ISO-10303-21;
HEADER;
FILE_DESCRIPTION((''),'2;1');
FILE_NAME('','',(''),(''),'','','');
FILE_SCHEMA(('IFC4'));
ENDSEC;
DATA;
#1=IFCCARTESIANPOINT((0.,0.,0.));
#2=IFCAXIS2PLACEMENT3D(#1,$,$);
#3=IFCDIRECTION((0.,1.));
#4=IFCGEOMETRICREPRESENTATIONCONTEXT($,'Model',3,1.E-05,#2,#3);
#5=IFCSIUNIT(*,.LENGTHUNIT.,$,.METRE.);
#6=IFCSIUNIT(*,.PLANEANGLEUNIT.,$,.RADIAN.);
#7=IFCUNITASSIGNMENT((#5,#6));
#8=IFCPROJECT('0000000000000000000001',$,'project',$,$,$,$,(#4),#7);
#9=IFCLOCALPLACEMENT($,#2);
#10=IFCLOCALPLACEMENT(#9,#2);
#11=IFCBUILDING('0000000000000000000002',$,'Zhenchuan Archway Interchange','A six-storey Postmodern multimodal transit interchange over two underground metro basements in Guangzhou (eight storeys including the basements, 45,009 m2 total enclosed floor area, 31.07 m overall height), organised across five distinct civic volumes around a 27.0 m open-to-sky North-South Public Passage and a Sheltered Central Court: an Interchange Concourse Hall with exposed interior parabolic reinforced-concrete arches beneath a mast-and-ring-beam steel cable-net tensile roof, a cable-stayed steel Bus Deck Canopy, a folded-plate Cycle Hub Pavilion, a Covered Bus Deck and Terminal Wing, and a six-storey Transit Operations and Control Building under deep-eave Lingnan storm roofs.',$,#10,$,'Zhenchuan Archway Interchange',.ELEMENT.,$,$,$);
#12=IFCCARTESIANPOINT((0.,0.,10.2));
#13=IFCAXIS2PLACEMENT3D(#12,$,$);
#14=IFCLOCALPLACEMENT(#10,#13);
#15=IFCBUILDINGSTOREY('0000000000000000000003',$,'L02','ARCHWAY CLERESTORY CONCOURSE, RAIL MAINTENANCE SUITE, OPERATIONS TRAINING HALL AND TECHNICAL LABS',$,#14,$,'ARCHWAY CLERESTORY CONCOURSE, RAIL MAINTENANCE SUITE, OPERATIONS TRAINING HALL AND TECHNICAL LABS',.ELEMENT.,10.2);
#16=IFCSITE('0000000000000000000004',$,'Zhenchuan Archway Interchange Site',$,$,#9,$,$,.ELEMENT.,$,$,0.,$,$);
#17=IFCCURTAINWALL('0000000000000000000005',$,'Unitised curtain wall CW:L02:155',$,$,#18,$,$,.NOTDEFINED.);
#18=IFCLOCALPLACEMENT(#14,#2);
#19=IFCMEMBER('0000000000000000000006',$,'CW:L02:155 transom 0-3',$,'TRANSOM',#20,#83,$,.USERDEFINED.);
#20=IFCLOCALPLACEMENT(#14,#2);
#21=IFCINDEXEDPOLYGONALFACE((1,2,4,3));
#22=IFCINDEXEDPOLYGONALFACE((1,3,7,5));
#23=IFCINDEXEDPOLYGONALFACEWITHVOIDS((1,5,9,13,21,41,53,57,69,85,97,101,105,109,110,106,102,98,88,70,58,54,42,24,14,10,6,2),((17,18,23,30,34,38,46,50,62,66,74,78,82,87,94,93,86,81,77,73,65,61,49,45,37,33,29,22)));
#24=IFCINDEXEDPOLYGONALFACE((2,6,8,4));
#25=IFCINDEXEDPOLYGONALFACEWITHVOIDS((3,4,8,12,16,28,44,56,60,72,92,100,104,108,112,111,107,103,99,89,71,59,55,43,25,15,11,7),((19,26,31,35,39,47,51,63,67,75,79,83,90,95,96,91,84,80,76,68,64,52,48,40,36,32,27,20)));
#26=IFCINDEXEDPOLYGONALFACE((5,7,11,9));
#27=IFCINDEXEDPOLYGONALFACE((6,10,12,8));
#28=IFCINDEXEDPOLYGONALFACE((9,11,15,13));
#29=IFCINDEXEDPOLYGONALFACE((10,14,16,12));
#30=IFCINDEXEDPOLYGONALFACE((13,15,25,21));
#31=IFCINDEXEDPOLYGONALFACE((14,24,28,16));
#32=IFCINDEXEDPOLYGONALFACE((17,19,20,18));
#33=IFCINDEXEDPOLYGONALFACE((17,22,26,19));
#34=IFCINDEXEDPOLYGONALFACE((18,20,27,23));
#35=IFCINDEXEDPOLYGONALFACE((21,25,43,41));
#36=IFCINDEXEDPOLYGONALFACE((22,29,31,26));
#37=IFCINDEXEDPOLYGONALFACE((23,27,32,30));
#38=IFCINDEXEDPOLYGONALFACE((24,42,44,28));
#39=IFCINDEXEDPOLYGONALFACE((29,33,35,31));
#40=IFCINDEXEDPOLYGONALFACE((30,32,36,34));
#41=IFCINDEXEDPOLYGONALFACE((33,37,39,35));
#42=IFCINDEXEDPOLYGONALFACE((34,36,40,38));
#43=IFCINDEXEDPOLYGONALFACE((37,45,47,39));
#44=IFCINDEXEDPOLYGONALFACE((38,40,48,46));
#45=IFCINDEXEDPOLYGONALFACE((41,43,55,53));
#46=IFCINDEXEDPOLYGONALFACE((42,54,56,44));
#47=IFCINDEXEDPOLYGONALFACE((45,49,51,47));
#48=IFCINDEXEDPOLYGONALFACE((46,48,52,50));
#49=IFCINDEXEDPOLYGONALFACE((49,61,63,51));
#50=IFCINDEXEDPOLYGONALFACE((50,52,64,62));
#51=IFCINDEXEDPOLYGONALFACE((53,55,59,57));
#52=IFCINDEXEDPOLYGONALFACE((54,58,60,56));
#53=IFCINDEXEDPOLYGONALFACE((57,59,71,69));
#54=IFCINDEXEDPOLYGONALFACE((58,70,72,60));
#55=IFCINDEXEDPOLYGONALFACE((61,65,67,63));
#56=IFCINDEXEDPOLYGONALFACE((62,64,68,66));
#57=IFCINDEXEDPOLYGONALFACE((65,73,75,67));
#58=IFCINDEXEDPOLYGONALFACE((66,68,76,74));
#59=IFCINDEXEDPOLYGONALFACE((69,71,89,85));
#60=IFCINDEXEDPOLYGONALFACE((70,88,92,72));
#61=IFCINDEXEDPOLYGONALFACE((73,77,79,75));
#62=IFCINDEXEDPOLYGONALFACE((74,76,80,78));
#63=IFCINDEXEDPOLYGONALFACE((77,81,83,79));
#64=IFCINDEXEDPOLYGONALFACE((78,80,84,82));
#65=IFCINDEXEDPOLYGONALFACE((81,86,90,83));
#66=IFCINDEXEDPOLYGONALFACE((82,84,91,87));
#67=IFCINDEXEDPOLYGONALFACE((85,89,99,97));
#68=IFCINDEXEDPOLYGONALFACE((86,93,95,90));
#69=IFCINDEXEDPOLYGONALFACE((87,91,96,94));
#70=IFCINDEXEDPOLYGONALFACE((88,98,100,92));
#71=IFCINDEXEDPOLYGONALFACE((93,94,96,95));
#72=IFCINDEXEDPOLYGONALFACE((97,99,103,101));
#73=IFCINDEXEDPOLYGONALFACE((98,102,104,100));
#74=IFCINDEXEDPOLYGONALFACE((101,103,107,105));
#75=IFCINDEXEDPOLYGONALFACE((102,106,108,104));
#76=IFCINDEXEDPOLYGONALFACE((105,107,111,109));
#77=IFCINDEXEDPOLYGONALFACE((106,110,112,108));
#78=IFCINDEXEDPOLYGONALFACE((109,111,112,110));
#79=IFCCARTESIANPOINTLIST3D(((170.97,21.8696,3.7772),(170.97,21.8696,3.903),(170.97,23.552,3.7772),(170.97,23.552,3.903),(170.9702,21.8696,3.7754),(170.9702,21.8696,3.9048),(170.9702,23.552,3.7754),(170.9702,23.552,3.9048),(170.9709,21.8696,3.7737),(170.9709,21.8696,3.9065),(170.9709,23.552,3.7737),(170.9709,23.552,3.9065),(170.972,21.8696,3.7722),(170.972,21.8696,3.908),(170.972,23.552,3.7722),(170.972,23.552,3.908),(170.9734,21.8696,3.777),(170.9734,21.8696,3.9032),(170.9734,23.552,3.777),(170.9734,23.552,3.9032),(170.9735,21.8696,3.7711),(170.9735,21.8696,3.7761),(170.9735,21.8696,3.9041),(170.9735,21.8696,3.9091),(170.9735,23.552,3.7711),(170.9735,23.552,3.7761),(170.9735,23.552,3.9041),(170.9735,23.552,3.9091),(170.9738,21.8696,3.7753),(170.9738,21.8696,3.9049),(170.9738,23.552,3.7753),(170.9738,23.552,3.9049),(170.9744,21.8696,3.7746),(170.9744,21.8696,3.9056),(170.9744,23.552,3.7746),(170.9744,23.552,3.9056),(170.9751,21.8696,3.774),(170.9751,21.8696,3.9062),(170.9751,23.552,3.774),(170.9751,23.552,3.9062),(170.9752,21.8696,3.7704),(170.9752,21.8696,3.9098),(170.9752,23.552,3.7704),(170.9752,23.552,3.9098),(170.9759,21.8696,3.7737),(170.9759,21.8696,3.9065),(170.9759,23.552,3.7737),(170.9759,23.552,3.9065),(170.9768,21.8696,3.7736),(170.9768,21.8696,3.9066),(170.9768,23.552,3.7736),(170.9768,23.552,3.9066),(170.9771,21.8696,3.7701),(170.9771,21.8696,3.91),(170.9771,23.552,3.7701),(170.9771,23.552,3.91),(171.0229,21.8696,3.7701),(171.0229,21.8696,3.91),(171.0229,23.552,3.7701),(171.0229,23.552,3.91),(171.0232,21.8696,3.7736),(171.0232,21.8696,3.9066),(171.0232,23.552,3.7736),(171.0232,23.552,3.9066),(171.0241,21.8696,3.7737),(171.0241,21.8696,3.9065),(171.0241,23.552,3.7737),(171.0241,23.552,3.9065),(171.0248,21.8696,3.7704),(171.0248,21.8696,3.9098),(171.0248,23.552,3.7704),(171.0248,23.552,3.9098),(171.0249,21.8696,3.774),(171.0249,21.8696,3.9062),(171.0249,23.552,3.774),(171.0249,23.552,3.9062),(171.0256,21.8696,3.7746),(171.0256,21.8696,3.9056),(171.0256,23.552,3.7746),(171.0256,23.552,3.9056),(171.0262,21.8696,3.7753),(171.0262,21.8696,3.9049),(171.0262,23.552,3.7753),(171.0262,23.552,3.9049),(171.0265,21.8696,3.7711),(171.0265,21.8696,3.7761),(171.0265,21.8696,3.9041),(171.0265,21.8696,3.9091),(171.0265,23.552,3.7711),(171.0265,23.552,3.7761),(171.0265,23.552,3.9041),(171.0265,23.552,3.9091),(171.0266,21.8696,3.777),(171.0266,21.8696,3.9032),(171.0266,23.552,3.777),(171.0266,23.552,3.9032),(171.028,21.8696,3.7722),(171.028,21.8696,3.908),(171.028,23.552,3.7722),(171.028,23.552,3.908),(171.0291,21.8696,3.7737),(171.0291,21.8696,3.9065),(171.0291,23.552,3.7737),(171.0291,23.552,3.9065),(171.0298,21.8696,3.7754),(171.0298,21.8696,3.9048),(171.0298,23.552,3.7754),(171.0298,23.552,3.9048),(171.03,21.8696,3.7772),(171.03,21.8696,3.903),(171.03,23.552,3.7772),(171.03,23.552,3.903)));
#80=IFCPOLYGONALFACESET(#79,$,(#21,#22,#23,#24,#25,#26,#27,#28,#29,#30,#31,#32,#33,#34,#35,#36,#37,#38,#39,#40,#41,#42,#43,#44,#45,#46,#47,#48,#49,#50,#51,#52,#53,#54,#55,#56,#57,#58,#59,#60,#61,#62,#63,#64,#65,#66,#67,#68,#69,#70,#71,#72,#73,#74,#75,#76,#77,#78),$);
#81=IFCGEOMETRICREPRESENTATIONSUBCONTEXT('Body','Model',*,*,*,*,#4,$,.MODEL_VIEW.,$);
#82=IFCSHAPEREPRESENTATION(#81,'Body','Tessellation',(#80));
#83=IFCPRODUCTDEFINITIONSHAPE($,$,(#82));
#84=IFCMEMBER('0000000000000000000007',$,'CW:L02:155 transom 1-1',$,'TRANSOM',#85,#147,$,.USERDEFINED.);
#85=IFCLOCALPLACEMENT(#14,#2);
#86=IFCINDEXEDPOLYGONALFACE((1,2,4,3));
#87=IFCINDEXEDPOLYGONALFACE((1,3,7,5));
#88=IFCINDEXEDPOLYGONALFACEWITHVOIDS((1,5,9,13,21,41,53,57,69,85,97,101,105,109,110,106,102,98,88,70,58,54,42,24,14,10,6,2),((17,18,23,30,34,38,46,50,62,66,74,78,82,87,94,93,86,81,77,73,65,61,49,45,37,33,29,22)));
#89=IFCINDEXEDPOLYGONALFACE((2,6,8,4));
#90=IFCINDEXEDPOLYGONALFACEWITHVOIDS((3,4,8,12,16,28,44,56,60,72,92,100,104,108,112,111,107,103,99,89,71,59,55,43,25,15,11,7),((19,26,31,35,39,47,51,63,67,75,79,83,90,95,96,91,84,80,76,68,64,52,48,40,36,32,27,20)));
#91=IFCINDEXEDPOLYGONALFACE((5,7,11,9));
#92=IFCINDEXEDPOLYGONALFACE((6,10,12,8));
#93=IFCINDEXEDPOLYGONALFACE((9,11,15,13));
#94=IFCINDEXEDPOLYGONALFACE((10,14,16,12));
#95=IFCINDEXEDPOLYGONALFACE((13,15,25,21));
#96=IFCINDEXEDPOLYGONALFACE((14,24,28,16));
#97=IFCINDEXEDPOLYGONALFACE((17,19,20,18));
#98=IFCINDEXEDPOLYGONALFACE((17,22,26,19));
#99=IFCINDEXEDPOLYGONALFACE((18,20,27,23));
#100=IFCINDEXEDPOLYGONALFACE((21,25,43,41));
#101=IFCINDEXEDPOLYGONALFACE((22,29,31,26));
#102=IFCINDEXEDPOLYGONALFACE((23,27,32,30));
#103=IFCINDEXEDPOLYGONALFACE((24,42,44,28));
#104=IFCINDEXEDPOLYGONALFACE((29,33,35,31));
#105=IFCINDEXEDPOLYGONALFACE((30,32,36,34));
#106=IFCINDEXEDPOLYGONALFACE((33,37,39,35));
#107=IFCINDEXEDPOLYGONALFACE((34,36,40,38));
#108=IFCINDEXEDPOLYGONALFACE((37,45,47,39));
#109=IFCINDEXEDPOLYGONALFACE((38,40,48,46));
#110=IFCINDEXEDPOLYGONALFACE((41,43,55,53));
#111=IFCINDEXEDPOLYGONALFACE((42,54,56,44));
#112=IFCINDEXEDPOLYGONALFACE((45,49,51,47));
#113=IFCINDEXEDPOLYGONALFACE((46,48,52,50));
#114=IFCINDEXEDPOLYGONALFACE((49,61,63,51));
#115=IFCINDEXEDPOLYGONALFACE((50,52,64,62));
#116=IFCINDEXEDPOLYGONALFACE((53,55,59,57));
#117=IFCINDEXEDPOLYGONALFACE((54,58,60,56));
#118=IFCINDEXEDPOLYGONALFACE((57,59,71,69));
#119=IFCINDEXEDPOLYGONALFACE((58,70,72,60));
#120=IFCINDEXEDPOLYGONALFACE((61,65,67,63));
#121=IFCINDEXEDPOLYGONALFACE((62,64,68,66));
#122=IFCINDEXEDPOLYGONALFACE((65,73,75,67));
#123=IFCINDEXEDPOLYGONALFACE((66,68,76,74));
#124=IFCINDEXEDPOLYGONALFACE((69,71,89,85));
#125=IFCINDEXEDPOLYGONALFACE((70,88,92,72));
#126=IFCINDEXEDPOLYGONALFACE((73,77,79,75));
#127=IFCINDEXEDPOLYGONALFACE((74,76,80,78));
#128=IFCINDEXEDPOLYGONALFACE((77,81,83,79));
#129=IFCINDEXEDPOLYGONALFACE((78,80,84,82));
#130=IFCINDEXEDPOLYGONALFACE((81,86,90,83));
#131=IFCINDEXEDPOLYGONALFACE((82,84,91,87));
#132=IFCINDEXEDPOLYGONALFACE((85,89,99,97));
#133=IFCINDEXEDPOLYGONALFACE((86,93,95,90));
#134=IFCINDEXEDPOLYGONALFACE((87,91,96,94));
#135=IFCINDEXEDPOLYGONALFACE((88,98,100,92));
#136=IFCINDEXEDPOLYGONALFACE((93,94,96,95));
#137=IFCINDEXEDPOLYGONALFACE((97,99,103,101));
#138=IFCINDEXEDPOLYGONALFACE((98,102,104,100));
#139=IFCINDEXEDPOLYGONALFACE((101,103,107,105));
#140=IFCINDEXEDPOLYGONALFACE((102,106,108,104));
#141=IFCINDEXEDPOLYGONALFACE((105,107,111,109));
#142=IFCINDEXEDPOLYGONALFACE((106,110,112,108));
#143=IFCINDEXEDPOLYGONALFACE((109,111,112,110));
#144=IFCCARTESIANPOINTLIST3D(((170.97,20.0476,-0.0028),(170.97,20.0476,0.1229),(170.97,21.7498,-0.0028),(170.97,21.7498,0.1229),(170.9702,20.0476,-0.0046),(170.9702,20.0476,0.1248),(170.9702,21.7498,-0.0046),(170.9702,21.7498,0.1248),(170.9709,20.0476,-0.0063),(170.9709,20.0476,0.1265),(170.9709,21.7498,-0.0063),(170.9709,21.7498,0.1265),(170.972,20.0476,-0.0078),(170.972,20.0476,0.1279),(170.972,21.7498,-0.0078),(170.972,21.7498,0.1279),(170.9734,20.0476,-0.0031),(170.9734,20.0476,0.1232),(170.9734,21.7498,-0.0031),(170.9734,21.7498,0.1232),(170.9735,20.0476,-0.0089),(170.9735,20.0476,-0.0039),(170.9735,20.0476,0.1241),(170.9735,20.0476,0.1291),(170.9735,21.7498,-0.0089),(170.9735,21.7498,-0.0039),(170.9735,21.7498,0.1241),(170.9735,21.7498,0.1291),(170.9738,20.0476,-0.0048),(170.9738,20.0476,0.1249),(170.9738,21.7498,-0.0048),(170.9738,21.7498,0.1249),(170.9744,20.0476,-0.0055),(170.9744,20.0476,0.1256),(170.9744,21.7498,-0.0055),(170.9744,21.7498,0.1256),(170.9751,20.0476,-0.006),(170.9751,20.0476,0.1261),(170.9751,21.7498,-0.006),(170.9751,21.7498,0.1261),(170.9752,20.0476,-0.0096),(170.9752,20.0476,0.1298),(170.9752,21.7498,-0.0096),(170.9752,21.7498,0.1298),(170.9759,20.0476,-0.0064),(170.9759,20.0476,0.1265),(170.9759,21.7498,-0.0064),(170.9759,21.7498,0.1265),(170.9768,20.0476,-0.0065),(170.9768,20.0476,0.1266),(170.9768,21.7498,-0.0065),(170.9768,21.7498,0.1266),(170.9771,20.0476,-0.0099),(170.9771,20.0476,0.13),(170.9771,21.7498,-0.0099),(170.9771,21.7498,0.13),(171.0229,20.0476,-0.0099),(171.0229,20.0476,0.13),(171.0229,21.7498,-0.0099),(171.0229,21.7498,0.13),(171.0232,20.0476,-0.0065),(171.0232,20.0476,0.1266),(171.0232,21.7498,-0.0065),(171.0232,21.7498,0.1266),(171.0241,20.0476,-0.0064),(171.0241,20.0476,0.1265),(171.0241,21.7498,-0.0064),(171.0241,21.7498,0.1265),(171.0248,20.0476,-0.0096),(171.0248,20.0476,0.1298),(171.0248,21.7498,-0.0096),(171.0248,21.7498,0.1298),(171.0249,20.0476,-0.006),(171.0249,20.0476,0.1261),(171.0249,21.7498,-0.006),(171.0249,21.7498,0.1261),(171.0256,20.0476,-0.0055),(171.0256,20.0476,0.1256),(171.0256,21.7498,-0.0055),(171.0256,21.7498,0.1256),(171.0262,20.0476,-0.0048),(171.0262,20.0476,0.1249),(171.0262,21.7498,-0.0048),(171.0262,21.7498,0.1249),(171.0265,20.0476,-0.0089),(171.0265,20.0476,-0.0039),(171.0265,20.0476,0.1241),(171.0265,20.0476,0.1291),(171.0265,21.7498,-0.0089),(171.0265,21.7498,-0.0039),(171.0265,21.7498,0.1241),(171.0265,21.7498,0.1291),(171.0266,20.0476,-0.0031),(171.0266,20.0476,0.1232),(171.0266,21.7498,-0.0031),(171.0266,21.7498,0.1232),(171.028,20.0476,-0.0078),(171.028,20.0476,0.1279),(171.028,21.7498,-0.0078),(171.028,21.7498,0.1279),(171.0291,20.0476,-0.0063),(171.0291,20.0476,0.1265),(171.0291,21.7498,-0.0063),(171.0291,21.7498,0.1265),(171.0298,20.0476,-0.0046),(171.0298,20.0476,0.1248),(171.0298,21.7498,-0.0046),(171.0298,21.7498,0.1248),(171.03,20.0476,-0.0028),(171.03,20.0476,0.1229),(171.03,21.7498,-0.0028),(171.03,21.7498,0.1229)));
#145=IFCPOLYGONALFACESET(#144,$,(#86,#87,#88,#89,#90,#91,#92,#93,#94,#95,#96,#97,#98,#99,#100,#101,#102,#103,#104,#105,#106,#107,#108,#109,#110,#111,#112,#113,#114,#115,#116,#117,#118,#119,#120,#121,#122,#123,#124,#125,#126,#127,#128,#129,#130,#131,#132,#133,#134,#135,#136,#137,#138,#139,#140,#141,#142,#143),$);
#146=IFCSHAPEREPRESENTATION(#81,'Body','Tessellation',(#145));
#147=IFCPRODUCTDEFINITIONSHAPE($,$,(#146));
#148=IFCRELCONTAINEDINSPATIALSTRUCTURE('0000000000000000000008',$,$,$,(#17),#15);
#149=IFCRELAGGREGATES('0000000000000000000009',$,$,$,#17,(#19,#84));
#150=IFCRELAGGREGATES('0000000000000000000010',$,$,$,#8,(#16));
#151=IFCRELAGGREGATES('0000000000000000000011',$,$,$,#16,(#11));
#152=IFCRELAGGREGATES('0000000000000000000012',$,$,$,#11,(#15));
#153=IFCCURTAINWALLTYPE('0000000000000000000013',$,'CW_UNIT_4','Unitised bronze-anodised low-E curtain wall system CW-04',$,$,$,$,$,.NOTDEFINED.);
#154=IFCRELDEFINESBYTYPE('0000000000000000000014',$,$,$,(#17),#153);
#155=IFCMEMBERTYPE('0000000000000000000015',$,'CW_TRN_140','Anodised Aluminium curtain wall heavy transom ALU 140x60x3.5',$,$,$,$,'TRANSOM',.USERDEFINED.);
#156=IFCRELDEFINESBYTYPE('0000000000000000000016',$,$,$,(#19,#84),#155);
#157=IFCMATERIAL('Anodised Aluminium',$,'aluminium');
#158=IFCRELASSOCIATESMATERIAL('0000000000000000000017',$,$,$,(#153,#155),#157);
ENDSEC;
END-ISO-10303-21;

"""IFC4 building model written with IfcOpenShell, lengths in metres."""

from ifc_helpers import new_model, si_unit, direction, frame, origin, origin_2d, place, context, subcontext, project, spatial, hollow_rectangle, extrude, material, material_profile, profile_set, type_object, element, aggregate, save


model = new_model("IFC4")

# Units and contexts
model_context = context("Model", 3, precision=1e-05, world=origin(), true_north=direction((0.0, 1.0)))
body_context = subcontext(model_context, "Body", "Model", "MODEL_VIEW")
ifc_project = project(units=[si_unit("LENGTHUNIT", "METRE"), si_unit("PLANEANGLEUNIT", "RADIAN")], contexts=[model_context])

# Site, building, storey
site_placement = place(None, origin())
site = spatial("IfcSite", under=ifc_project, at=site_placement, Name="Zhenchuan Archway Interchange Site", CompositionType="ELEMENT", RefElevation=0.0)
building_placement = place(site_placement, origin())
building = spatial("IfcBuilding", under=site, at=building_placement, Name="Zhenchuan Archway Interchange", Description="A six-storey Postmodern multimodal transit interchange over two underground metro basements in Guangzhou (eight storeys including the basements, 45,009 m2 total enclosed floor area, 31.07 m overall height), organised across five distinct civic volumes around a 27.0 m open-to-sky North-South Public Passage and a Sheltered Central Court: an Interchange Concourse Hall with exposed interior parabolic reinforced-concrete arches beneath a mast-and-ring-beam steel cable-net tensile roof, a cable-stayed steel Bus Deck Canopy, a folded-plate Cycle Hub Pavilion, a Covered Bus Deck and Terminal Wing, and a six-storey Transit Operations and Control Building under deep-eave Lingnan storm roofs.", LongName="Zhenchuan Archway Interchange", CompositionType="ELEMENT")
storey_placement = place(building_placement, frame((0.0, 0.0, 10.2)))
storey = spatial("IfcBuildingStorey", under=building, at=storey_placement, Name="L02", Description="ARCHWAY CLERESTORY CONCOURSE, RAIL MAINTENANCE SUITE, OPERATIONS TRAINING HALL AND TECHNICAL LABS", LongName="ARCHWAY CLERESTORY CONCOURSE, RAIL MAINTENANCE SUITE, OPERATIONS TRAINING HALL AND TECHNICAL LABS", CompositionType="ELEMENT", Elevation=10.2)

# Curtain wall, members
ifc_material_1 = material(Name="Anodised Aluminium", Category="aluminium")
curtain_wall_type = type_object("IfcCurtainWallType", Name="CW_UNIT_4", Description="Unitised bronze-anodised low-E curtain wall system CW-04", PredefinedType="NOTDEFINED", material=ifc_material_1)
curtain_wall_placement = place(storey_placement, origin())
curtain_wall = element("IfcCurtainWall", 1, at=curtain_wall_placement, inside=storey, type_object=curtain_wall_type, Name="Unitised curtain wall CW:L02:155", PredefinedType="NOTDEFINED")
ifc_material_profile_1 = material_profile(ifc_material_1, hollow_rectangle(XDim=0.0601, YDim=0.1399, WallThickness=0.0034, InnerFilletRadius=0.0034, OuterFilletRadius=0.0071, at=origin_2d()), Name="ALU 140x60x3.5")
ifc_profile_set_1 = profile_set([ifc_material_profile_1], Name="Anodised Aluminium")
member_type_1 = type_object("IfcMemberType", Name="CW_TRN_140", Description="Anodised Aluminium curtain wall heavy transom ALU 140x60x3.5", ElementType="TRANSOM", PredefinedType="USERDEFINED", material=ifc_profile_set_1)
member_1_placement = place(storey_placement, frame((171.0, 23.552, 3.8401), z_axis=(0.0, -1.0, 0.0), x_axis=(1.0, 0.0, 0.0)))
member_1 = element("IfcMember", 2, at=member_1_placement, type_object=member_type_1, Name="CW:L02:155 transom 0-3", ObjectType="TRANSOM", PredefinedType="USERDEFINED", context=body_context, shape_type="SweptSolid", body=[
    extrude(hollow_rectangle(XDim=0.0601, YDim=0.1399, WallThickness=0.0034, InnerFilletRadius=0.0034, OuterFilletRadius=0.0071, at=origin_2d()), origin(), (0.0, 0.0, 1.0), 1.6824),
])
member_2_placement = place(storey_placement, frame((171.0, 21.7498, 0.0601), z_axis=(0.0, -1.0, 0.0), x_axis=(1.0, 0.0, 0.0)))
member_2 = element("IfcMember", 3, at=member_2_placement, type_object=member_type_1, Name="CW:L02:155 transom 1-1", ObjectType="TRANSOM", PredefinedType="USERDEFINED", context=body_context, shape_type="SweptSolid", body=[
    extrude(hollow_rectangle(XDim=0.0601, YDim=0.1399, WallThickness=0.0034, InnerFilletRadius=0.0034, OuterFilletRadius=0.0071, at=origin_2d()), origin(), (0.0, 0.0, 1.0), 1.7021),
])
aggregate(curtain_wall, [member_1, member_2])

save(model, "model.ifc")
